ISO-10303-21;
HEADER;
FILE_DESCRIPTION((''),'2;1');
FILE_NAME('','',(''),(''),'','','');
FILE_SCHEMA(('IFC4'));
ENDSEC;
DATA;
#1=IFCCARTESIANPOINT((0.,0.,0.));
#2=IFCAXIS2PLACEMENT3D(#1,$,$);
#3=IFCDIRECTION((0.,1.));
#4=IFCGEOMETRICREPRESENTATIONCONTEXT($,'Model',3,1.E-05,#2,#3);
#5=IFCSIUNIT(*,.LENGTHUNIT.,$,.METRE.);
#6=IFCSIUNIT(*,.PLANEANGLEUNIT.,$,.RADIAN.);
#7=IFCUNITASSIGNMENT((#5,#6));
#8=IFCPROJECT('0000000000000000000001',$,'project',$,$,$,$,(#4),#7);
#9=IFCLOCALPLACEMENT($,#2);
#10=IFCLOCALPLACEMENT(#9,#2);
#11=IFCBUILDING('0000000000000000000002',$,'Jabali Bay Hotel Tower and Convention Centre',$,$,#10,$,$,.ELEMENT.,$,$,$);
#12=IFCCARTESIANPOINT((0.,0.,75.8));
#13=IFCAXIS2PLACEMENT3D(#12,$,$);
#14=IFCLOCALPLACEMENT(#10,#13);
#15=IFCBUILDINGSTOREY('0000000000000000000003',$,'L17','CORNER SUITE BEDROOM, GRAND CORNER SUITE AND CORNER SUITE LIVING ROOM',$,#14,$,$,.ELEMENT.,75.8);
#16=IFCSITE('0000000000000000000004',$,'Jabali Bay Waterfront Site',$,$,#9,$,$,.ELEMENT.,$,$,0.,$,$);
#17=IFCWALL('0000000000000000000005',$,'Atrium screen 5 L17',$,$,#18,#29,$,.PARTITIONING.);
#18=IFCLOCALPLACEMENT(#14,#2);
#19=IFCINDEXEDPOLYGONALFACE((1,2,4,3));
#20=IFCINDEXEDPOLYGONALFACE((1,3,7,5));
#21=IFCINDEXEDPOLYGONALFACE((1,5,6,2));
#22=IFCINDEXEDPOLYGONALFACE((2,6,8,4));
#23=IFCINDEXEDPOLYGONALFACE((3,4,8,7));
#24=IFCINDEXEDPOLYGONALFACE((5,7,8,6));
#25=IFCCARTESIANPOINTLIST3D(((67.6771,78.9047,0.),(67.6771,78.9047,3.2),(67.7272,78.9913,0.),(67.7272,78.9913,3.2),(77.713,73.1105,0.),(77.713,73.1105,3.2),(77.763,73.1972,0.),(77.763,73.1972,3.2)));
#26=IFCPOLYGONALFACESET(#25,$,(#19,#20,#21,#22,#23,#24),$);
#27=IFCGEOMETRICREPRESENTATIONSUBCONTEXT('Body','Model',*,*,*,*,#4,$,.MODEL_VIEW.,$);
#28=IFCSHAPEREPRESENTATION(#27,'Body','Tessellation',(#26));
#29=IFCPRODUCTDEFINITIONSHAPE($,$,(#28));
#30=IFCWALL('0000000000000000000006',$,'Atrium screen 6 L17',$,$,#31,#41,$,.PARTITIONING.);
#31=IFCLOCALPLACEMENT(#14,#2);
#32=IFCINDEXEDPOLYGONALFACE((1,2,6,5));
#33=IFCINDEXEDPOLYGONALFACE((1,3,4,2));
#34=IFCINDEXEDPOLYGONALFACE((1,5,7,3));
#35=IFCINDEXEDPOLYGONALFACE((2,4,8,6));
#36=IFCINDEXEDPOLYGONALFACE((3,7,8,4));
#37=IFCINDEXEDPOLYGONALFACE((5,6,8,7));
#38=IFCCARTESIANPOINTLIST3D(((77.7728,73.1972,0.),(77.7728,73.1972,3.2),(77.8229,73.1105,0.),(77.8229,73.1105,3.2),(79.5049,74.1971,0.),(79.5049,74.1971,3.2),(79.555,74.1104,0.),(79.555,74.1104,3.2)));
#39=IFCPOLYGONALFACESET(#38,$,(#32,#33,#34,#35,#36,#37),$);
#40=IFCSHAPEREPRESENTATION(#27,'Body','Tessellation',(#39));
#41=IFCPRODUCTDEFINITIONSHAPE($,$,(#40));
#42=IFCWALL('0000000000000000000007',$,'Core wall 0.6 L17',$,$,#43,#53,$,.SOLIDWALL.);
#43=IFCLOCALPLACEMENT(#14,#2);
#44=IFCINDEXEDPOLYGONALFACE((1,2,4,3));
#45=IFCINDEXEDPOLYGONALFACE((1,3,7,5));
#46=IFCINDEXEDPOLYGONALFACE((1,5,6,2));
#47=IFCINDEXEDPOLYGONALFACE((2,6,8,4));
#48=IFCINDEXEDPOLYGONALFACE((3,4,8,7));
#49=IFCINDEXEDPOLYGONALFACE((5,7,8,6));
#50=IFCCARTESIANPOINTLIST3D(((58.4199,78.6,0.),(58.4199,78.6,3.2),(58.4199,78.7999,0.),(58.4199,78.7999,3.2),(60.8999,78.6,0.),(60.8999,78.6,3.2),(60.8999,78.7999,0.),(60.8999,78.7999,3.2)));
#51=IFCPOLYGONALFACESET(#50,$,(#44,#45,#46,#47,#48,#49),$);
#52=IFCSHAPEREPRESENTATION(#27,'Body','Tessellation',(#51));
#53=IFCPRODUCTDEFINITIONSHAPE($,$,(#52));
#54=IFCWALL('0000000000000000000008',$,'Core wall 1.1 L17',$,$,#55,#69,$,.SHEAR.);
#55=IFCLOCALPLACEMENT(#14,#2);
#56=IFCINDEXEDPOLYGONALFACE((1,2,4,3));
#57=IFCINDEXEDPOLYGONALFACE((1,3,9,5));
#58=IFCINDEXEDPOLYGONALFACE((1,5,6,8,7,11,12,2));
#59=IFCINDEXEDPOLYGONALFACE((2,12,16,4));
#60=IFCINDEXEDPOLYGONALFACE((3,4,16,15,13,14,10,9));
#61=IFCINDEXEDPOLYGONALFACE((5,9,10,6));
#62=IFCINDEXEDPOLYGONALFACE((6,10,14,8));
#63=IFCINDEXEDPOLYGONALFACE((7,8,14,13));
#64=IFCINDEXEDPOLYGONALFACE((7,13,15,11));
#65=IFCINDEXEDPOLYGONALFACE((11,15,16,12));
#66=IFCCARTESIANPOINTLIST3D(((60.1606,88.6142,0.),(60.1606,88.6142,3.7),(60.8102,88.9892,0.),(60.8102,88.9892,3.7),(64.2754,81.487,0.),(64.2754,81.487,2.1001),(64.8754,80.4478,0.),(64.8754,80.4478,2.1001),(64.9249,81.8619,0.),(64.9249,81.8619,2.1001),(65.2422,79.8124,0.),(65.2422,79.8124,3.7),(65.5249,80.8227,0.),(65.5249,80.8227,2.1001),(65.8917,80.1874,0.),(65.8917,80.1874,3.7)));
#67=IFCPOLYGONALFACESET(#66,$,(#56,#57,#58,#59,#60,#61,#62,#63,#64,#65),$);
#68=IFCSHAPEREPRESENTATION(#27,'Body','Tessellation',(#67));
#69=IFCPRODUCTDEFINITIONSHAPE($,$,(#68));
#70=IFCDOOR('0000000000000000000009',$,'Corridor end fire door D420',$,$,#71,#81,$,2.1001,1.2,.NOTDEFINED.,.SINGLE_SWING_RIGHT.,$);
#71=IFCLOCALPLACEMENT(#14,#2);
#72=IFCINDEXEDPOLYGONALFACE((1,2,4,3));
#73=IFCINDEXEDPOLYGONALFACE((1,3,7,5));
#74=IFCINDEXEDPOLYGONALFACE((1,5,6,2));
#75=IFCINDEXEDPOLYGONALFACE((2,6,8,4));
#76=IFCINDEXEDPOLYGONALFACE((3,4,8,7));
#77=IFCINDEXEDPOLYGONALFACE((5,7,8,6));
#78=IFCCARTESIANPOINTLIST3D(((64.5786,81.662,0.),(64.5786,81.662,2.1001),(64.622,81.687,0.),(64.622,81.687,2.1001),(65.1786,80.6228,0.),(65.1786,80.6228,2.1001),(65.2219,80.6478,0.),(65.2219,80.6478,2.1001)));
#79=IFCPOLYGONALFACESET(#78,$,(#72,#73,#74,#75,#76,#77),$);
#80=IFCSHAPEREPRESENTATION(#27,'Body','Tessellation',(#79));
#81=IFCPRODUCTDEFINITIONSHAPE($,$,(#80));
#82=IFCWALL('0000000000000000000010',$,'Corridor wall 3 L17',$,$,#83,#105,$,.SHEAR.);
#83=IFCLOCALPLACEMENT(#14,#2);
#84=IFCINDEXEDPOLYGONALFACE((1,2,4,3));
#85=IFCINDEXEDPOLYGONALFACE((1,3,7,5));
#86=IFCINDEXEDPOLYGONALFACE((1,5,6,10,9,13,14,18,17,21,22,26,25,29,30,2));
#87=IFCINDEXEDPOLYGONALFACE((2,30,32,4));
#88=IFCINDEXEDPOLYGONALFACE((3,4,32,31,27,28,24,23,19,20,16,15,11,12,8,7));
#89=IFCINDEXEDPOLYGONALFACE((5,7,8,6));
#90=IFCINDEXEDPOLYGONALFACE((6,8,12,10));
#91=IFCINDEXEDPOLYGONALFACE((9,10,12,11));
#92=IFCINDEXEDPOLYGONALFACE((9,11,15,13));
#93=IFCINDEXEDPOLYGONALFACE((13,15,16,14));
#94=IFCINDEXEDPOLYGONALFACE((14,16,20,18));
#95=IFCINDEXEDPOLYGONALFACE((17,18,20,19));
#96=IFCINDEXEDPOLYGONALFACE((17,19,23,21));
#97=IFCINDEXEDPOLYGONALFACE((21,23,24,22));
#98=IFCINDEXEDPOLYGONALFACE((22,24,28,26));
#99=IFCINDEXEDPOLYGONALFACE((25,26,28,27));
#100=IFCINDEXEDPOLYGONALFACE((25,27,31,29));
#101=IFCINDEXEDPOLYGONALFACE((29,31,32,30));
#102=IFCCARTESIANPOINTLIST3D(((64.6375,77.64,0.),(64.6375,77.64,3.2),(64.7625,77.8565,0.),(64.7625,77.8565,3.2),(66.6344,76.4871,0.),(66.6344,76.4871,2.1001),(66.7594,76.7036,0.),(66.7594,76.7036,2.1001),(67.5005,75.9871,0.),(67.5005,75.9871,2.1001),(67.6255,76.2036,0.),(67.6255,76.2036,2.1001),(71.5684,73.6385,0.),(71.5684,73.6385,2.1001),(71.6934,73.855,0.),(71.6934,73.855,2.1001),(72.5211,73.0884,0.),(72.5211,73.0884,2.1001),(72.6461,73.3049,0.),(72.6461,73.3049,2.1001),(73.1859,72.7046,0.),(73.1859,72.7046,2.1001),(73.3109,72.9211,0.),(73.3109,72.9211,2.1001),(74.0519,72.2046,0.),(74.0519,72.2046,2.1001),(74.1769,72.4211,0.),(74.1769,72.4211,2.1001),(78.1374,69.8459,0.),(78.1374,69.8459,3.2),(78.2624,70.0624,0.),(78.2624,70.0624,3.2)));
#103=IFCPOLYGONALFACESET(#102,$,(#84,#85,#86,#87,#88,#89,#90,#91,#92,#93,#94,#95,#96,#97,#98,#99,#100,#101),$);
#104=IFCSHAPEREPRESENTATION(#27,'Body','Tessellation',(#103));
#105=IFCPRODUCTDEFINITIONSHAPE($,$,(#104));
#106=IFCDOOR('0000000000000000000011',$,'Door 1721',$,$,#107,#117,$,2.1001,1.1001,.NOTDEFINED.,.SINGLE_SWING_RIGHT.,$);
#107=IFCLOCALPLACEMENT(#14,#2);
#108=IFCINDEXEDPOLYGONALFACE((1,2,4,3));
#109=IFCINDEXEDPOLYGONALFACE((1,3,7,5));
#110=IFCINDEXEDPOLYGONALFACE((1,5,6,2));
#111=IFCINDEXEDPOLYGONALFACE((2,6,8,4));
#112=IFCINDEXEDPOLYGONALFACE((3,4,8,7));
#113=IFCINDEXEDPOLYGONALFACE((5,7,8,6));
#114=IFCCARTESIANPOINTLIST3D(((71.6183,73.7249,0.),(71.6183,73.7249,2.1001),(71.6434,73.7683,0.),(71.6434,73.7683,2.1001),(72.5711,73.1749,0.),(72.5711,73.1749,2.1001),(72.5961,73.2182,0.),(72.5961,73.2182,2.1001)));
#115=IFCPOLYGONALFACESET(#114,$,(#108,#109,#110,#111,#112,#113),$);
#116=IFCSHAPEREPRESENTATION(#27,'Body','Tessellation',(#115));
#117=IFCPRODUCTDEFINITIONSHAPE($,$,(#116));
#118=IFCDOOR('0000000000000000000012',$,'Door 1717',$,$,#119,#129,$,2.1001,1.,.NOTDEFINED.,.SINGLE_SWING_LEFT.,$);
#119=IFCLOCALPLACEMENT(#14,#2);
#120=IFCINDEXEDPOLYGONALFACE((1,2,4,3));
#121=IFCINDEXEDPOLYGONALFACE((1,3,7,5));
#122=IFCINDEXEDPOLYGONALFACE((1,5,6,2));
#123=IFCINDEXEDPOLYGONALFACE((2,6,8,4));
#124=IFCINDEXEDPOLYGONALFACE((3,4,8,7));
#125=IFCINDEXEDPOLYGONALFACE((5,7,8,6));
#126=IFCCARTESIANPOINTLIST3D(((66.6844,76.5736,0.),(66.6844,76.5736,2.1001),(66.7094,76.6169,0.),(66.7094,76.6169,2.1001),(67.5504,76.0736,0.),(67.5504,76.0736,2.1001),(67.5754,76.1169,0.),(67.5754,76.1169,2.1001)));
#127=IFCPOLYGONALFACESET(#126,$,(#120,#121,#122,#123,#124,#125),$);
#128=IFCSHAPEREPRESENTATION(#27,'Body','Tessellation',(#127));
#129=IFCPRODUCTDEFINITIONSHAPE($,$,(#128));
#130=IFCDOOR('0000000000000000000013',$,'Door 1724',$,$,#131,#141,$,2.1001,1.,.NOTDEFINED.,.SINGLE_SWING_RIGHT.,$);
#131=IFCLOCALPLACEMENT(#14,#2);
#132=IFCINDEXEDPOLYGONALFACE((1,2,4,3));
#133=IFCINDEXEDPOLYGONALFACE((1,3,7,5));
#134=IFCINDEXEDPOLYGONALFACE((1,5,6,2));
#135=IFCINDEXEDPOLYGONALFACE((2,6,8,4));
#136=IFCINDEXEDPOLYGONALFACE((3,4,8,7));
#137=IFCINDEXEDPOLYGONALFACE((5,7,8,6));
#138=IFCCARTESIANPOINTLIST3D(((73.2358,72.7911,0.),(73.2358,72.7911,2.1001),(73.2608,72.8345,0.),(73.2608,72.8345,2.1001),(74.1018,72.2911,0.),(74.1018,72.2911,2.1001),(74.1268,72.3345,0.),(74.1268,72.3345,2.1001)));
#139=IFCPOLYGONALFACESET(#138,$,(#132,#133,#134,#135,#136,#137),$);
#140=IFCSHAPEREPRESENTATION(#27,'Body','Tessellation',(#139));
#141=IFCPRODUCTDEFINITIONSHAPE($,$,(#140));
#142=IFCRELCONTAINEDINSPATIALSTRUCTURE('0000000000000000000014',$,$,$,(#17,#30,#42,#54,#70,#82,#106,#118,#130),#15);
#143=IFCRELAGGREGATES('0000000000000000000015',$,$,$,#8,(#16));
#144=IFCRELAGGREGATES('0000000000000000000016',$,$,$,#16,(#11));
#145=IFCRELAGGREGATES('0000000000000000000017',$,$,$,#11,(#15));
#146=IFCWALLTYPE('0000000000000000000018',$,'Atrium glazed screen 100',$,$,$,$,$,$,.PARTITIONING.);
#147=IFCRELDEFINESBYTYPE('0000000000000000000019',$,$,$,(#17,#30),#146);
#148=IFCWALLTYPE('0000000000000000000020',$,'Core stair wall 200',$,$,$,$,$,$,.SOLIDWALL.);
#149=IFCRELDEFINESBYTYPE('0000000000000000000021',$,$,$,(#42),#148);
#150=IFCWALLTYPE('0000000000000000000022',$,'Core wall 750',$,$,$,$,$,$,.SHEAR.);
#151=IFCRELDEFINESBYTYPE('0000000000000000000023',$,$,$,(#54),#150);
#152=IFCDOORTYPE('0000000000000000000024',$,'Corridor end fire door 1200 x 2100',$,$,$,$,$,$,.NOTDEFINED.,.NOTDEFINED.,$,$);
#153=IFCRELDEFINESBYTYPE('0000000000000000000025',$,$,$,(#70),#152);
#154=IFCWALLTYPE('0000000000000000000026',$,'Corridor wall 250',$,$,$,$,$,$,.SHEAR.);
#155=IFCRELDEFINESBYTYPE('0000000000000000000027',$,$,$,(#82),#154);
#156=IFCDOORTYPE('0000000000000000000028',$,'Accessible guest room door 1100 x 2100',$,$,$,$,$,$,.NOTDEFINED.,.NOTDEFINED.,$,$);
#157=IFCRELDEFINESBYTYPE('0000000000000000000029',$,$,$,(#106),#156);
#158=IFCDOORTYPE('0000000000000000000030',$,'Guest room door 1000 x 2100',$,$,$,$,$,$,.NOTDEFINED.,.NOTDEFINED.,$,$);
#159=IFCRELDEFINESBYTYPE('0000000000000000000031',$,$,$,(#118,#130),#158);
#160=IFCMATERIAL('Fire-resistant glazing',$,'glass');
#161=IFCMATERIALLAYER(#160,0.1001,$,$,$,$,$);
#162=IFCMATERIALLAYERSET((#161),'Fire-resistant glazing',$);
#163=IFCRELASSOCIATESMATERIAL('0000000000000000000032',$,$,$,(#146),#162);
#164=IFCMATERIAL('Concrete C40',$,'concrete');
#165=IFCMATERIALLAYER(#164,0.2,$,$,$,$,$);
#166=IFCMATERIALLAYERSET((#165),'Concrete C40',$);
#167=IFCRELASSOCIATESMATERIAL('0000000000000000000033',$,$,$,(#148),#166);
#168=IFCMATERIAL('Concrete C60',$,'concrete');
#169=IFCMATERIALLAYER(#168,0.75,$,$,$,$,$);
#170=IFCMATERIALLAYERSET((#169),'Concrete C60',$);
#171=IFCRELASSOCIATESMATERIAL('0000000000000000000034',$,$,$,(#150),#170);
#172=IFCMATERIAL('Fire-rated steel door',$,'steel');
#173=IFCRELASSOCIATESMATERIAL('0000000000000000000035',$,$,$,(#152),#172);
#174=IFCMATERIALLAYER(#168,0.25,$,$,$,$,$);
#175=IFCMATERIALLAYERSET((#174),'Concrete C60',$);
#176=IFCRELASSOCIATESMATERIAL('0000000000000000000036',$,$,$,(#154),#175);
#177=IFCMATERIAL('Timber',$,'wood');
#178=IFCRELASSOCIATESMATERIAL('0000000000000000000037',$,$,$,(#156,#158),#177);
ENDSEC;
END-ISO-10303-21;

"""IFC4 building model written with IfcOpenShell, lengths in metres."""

from ifc_helpers import new_model, si_unit, direction, frame, frame_2d, origin, place, context, subcontext, project, spatial, rectangle, extrude, material, layer, layer_set, type_object, element, fill, save


model = new_model("IFC4")

# Units and contexts
model_context = context("Model", 3, precision=1e-05, world=origin(), true_north=direction((0.0, 1.0)))
body_context = subcontext(model_context, "Body", "Model", "MODEL_VIEW")
ifc_project = project(units=[si_unit("LENGTHUNIT", "METRE"), si_unit("PLANEANGLEUNIT", "RADIAN")], contexts=[model_context])

# Site, building, storey
site_placement = place(None, origin())
site = spatial("IfcSite", under=ifc_project, at=site_placement, Name="Jabali Bay Waterfront Site", CompositionType="ELEMENT", RefElevation=0.0)
building_placement = place(site_placement, origin())
building = spatial("IfcBuilding", under=site, at=building_placement, Name="Jabali Bay Hotel Tower and Convention Centre", CompositionType="ELEMENT")
storey_placement = place(building_placement, frame((0.0, 0.0, 75.8)))
storey = spatial("IfcBuildingStorey", under=building, at=storey_placement, Name="L17", Description="CORNER SUITE BEDROOM, GRAND CORNER SUITE AND CORNER SUITE LIVING ROOM", CompositionType="ELEMENT", Elevation=75.8)

# Walls
ifc_material_1 = material(Name="Fire-resistant glazing", Category="glass")
ifc_layer_1 = layer(ifc_material_1, 0.1001)
ifc_layer_set_1 = layer_set([ifc_layer_1], Name="Fire-resistant glazing")
wall_type_1 = type_object("IfcWallType", Name="Atrium glazed screen 100", PredefinedType="PARTITIONING", material=ifc_layer_set_1)
wall_1_placement = place(storey_placement, frame((67.7021, 78.948, 0.0), z_axis=(0.0, 0.0, 1.0), x_axis=(0.866027, -0.499998, 0.0)))
element("IfcWall", 1, at=wall_1_placement, inside=storey, type_object=wall_type_1, Name="Atrium screen 5 L17", PredefinedType="PARTITIONING", context=body_context, shape_type="SweptSolid", body=[
    extrude(rectangle(XDim=11.5884, YDim=0.1001, at=frame_2d((5.7942, 0.0))), origin(), (0.0, 0.0, 1.0), 3.2),
])
wall_2_placement = place(storey_placement, frame((77.7979, 73.1538, 0.0), z_axis=(0.0, 0.0, 1.0), x_axis=(0.866041, 0.499973, 0.0)))
element("IfcWall", 2, at=wall_2_placement, inside=storey, type_object=wall_type_1, Name="Atrium screen 6 L17", PredefinedType="PARTITIONING", context=body_context, shape_type="SweptSolid", body=[
    extrude(rectangle(XDim=2.0, YDim=0.1001, at=frame_2d((1.0, 0.0))), origin(), (0.0, 0.0, 1.0), 3.2),
])
ifc_material_2 = material(Name="Concrete C40", Category="concrete")
ifc_layer_2 = layer(ifc_material_2, 0.2)
ifc_layer_set_2 = layer_set([ifc_layer_2], Name="Concrete C40")
wall_type_2 = type_object("IfcWallType", Name="Core stair wall 200", PredefinedType="SOLIDWALL", material=ifc_layer_set_2)
wall_3_placement = place(storey_placement, frame((60.8999, 78.7, 0.0), z_axis=(0.0, 0.0, 1.0), x_axis=(-1.0, 0.0, 0.0)))
element("IfcWall", 3, at=wall_3_placement, inside=storey, type_object=wall_type_2, Name="Core wall 0.6 L17", PredefinedType="SOLIDWALL", context=body_context, shape_type="SweptSolid", body=[
    extrude(rectangle(XDim=2.48, YDim=0.2, at=frame_2d((1.24, 0.0))), origin(), (0.0, 0.0, 1.0), 3.2),
])

# Wall, opening, door
ifc_material_3 = material(Name="Concrete C60", Category="concrete")
ifc_layer_3 = layer(ifc_material_3, 0.75)
ifc_layer_set_3 = layer_set([ifc_layer_3], Name="Concrete C60")
wall_type_3 = type_object("IfcWallType", Name="Core wall 750", PredefinedType="SHEAR", material=ifc_layer_set_3)
wall_4_placement = place(storey_placement, frame((65.5669, 80.0, 0.0), z_axis=(0.0, 0.0, 1.0), x_axis=(-0.499989, 0.866032, 0.0)))
wall_4 = element("IfcWall", 4, at=wall_4_placement, inside=storey, type_object=wall_type_3, Name="Core wall 1.1 L17", PredefinedType="SHEAR", context=body_context, shape_type="SweptSolid", body=[
    extrude(rectangle(XDim=10.1633, YDim=0.75, at=frame_2d((5.0815, 0.0))), origin(), (0.0, 0.0, 1.0), 3.7),
])
opening_1_placement = place(wall_4_placement, frame((0.7334, 0.0, 0.0)))
opening_1 = element("IfcOpeningElement", 5, at=opening_1_placement, cuts=wall_4, PredefinedType="OPENING", context=body_context, shape_type="SweptSolid", body=[
    extrude(rectangle(XDim=1.2, YDim=2.1001, at=frame_2d((0.6001, 1.05))), frame((0.0, 0.3855, 0.0), z_axis=(0.0, -1.0, 0.0), x_axis=(1.0, 0.0, 0.0)), (0.0, 0.0, 1.0), 0.771),
])
ifc_material_4 = material(Name="Fire-rated steel door", Category="steel")
door_type_1 = type_object("IfcDoorType", Name="Corridor end fire door 1200 x 2100", OperationType="NOTDEFINED", PredefinedType="NOTDEFINED", material=ifc_material_4)
door_1_placement = place(opening_1_placement, origin())
door_1 = element("IfcDoor", 6, at=door_1_placement, inside=storey, type_object=door_type_1, Name="Corridor end fire door D420", OperationType="SINGLE_SWING_RIGHT", OverallHeight=2.1001, OverallWidth=1.2, PredefinedType="NOTDEFINED", context=body_context, shape_type="SweptSolid", body=[
    extrude(rectangle(XDim=1.2, YDim=2.1001, at=frame_2d((0.6001, 1.05))), frame((0.0, 0.0249, 0.0), z_axis=(0.0, -1.0, 0.0), x_axis=(1.0, 0.0, 0.0)), (0.0, 0.0, 1.0), 0.05),
])
fill(opening_1, door_1)

# Wall, openings, doors
ifc_layer_4 = layer(ifc_material_3, 0.25)
ifc_layer_set_4 = layer_set([ifc_layer_4], Name="Concrete C60")
wall_type_4 = type_object("IfcWallType", Name="Corridor wall 250", PredefinedType="SHEAR", material=ifc_layer_set_4)
wall_5_placement = place(storey_placement, frame((64.7, 77.7483, 0.0), z_axis=(0.0, 0.0, 1.0), x_axis=(0.866026, -0.499998, 0.0)))
wall_5 = element("IfcWall", 7, at=wall_5_placement, inside=storey, type_object=wall_type_4, Name="Corridor wall 3 L17", PredefinedType="SHEAR", context=body_context, shape_type="SweptSolid", body=[
    extrude(rectangle(XDim=15.5884, YDim=0.25, at=frame_2d((7.7942, 0.0))), origin(), (0.0, 0.0, 1.0), 3.2),
])
opening_2_placement = place(wall_5_placement, frame((2.3059, 0.0, 0.0)))
opening_2 = element("IfcOpeningElement", 8, at=opening_2_placement, cuts=wall_5, PredefinedType="OPENING", context=body_context, shape_type="SweptSolid", body=[
    extrude(rectangle(XDim=1.0, YDim=2.1001, at=frame_2d((0.5, 1.05))), frame((0.0, 0.1355, 0.0), z_axis=(0.0, -1.0, 0.0), x_axis=(1.0, 0.0, 0.0)), (0.0, 0.0, 1.0), 0.271),
])
opening_3_placement = place(wall_5_placement, frame((8.0032, 0.0, 0.0)))
opening_3 = element("IfcOpeningElement", 9, at=opening_3_placement, cuts=wall_5, PredefinedType="OPENING", context=body_context, shape_type="SweptSolid", body=[
    extrude(rectangle(XDim=1.1001, YDim=2.1001, at=frame_2d((0.55, 1.05))), frame((0.0, 0.1355, 0.0), z_axis=(0.0, -1.0, 0.0), x_axis=(1.0, 0.0, 0.0)), (0.0, 0.0, 1.0), 0.271),
])
opening_4_placement = place(wall_5_placement, frame((9.8708, 0.0, 0.0)))
opening_4 = element("IfcOpeningElement", 10, at=opening_4_placement, cuts=wall_5, PredefinedType="OPENING", context=body_context, shape_type="SweptSolid", body=[
    extrude(rectangle(XDim=1.0, YDim=2.1001, at=frame_2d((0.5, 1.05))), frame((0.0, 0.1355, 0.0), z_axis=(0.0, -1.0, 0.0), x_axis=(1.0, 0.0, 0.0)), (0.0, 0.0, 1.0), 0.271),
])
ifc_material_5 = material(Name="Timber", Category="wood")
door_type_2 = type_object("IfcDoorType", Name="Accessible guest room door 1100 x 2100", OperationType="NOTDEFINED", PredefinedType="NOTDEFINED", material=ifc_material_5)
door_2_placement = place(opening_3_placement, origin())
door_2 = element("IfcDoor", 11, at=door_2_placement, inside=storey, type_object=door_type_2, Name="Door 1721", OperationType="SINGLE_SWING_RIGHT", OverallHeight=2.1001, OverallWidth=1.1001, PredefinedType="NOTDEFINED", context=body_context, shape_type="SweptSolid", body=[
    extrude(rectangle(XDim=1.1001, YDim=2.1001, at=frame_2d((0.55, 1.05))), frame((0.0, 0.0249, 0.0), z_axis=(0.0, -1.0, 0.0), x_axis=(1.0, 0.0, 0.0)), (0.0, 0.0, 1.0), 0.05),
])
fill(opening_3, door_2)
door_type_3 = type_object("IfcDoorType", Name="Guest room door 1000 x 2100", OperationType="NOTDEFINED", PredefinedType="NOTDEFINED", material=ifc_material_5)
door_3_placement = place(opening_2_placement, origin())
door_3 = element("IfcDoor", 12, at=door_3_placement, inside=storey, type_object=door_type_3, Name="Door 1717", OperationType="SINGLE_SWING_LEFT", OverallHeight=2.1001, OverallWidth=1.0, PredefinedType="NOTDEFINED", context=body_context, shape_type="SweptSolid", body=[
    extrude(rectangle(XDim=1.0, YDim=2.1001, at=frame_2d((0.5, 1.05))), frame((0.0, 0.0249, 0.0), z_axis=(0.0, -1.0, 0.0), x_axis=(1.0, 0.0, 0.0)), (0.0, 0.0, 1.0), 0.05),
])
fill(opening_2, door_3)
door_4_placement = place(opening_4_placement, origin())
door_4 = element("IfcDoor", 13, at=door_4_placement, inside=storey, type_object=door_type_3, Name="Door 1724", OperationType="SINGLE_SWING_RIGHT", OverallHeight=2.1001, OverallWidth=1.0, PredefinedType="NOTDEFINED", context=body_context, shape_type="SweptSolid", body=[
    extrude(rectangle(XDim=1.0, YDim=2.1001, at=frame_2d((0.5, 1.05))), frame((0.0, 0.0249, 0.0), z_axis=(0.0, -1.0, 0.0), x_axis=(1.0, 0.0, 0.0)), (0.0, 0.0, 1.0), 0.05),
])
fill(opening_4, door_4)

save(model, "model.ifc")
